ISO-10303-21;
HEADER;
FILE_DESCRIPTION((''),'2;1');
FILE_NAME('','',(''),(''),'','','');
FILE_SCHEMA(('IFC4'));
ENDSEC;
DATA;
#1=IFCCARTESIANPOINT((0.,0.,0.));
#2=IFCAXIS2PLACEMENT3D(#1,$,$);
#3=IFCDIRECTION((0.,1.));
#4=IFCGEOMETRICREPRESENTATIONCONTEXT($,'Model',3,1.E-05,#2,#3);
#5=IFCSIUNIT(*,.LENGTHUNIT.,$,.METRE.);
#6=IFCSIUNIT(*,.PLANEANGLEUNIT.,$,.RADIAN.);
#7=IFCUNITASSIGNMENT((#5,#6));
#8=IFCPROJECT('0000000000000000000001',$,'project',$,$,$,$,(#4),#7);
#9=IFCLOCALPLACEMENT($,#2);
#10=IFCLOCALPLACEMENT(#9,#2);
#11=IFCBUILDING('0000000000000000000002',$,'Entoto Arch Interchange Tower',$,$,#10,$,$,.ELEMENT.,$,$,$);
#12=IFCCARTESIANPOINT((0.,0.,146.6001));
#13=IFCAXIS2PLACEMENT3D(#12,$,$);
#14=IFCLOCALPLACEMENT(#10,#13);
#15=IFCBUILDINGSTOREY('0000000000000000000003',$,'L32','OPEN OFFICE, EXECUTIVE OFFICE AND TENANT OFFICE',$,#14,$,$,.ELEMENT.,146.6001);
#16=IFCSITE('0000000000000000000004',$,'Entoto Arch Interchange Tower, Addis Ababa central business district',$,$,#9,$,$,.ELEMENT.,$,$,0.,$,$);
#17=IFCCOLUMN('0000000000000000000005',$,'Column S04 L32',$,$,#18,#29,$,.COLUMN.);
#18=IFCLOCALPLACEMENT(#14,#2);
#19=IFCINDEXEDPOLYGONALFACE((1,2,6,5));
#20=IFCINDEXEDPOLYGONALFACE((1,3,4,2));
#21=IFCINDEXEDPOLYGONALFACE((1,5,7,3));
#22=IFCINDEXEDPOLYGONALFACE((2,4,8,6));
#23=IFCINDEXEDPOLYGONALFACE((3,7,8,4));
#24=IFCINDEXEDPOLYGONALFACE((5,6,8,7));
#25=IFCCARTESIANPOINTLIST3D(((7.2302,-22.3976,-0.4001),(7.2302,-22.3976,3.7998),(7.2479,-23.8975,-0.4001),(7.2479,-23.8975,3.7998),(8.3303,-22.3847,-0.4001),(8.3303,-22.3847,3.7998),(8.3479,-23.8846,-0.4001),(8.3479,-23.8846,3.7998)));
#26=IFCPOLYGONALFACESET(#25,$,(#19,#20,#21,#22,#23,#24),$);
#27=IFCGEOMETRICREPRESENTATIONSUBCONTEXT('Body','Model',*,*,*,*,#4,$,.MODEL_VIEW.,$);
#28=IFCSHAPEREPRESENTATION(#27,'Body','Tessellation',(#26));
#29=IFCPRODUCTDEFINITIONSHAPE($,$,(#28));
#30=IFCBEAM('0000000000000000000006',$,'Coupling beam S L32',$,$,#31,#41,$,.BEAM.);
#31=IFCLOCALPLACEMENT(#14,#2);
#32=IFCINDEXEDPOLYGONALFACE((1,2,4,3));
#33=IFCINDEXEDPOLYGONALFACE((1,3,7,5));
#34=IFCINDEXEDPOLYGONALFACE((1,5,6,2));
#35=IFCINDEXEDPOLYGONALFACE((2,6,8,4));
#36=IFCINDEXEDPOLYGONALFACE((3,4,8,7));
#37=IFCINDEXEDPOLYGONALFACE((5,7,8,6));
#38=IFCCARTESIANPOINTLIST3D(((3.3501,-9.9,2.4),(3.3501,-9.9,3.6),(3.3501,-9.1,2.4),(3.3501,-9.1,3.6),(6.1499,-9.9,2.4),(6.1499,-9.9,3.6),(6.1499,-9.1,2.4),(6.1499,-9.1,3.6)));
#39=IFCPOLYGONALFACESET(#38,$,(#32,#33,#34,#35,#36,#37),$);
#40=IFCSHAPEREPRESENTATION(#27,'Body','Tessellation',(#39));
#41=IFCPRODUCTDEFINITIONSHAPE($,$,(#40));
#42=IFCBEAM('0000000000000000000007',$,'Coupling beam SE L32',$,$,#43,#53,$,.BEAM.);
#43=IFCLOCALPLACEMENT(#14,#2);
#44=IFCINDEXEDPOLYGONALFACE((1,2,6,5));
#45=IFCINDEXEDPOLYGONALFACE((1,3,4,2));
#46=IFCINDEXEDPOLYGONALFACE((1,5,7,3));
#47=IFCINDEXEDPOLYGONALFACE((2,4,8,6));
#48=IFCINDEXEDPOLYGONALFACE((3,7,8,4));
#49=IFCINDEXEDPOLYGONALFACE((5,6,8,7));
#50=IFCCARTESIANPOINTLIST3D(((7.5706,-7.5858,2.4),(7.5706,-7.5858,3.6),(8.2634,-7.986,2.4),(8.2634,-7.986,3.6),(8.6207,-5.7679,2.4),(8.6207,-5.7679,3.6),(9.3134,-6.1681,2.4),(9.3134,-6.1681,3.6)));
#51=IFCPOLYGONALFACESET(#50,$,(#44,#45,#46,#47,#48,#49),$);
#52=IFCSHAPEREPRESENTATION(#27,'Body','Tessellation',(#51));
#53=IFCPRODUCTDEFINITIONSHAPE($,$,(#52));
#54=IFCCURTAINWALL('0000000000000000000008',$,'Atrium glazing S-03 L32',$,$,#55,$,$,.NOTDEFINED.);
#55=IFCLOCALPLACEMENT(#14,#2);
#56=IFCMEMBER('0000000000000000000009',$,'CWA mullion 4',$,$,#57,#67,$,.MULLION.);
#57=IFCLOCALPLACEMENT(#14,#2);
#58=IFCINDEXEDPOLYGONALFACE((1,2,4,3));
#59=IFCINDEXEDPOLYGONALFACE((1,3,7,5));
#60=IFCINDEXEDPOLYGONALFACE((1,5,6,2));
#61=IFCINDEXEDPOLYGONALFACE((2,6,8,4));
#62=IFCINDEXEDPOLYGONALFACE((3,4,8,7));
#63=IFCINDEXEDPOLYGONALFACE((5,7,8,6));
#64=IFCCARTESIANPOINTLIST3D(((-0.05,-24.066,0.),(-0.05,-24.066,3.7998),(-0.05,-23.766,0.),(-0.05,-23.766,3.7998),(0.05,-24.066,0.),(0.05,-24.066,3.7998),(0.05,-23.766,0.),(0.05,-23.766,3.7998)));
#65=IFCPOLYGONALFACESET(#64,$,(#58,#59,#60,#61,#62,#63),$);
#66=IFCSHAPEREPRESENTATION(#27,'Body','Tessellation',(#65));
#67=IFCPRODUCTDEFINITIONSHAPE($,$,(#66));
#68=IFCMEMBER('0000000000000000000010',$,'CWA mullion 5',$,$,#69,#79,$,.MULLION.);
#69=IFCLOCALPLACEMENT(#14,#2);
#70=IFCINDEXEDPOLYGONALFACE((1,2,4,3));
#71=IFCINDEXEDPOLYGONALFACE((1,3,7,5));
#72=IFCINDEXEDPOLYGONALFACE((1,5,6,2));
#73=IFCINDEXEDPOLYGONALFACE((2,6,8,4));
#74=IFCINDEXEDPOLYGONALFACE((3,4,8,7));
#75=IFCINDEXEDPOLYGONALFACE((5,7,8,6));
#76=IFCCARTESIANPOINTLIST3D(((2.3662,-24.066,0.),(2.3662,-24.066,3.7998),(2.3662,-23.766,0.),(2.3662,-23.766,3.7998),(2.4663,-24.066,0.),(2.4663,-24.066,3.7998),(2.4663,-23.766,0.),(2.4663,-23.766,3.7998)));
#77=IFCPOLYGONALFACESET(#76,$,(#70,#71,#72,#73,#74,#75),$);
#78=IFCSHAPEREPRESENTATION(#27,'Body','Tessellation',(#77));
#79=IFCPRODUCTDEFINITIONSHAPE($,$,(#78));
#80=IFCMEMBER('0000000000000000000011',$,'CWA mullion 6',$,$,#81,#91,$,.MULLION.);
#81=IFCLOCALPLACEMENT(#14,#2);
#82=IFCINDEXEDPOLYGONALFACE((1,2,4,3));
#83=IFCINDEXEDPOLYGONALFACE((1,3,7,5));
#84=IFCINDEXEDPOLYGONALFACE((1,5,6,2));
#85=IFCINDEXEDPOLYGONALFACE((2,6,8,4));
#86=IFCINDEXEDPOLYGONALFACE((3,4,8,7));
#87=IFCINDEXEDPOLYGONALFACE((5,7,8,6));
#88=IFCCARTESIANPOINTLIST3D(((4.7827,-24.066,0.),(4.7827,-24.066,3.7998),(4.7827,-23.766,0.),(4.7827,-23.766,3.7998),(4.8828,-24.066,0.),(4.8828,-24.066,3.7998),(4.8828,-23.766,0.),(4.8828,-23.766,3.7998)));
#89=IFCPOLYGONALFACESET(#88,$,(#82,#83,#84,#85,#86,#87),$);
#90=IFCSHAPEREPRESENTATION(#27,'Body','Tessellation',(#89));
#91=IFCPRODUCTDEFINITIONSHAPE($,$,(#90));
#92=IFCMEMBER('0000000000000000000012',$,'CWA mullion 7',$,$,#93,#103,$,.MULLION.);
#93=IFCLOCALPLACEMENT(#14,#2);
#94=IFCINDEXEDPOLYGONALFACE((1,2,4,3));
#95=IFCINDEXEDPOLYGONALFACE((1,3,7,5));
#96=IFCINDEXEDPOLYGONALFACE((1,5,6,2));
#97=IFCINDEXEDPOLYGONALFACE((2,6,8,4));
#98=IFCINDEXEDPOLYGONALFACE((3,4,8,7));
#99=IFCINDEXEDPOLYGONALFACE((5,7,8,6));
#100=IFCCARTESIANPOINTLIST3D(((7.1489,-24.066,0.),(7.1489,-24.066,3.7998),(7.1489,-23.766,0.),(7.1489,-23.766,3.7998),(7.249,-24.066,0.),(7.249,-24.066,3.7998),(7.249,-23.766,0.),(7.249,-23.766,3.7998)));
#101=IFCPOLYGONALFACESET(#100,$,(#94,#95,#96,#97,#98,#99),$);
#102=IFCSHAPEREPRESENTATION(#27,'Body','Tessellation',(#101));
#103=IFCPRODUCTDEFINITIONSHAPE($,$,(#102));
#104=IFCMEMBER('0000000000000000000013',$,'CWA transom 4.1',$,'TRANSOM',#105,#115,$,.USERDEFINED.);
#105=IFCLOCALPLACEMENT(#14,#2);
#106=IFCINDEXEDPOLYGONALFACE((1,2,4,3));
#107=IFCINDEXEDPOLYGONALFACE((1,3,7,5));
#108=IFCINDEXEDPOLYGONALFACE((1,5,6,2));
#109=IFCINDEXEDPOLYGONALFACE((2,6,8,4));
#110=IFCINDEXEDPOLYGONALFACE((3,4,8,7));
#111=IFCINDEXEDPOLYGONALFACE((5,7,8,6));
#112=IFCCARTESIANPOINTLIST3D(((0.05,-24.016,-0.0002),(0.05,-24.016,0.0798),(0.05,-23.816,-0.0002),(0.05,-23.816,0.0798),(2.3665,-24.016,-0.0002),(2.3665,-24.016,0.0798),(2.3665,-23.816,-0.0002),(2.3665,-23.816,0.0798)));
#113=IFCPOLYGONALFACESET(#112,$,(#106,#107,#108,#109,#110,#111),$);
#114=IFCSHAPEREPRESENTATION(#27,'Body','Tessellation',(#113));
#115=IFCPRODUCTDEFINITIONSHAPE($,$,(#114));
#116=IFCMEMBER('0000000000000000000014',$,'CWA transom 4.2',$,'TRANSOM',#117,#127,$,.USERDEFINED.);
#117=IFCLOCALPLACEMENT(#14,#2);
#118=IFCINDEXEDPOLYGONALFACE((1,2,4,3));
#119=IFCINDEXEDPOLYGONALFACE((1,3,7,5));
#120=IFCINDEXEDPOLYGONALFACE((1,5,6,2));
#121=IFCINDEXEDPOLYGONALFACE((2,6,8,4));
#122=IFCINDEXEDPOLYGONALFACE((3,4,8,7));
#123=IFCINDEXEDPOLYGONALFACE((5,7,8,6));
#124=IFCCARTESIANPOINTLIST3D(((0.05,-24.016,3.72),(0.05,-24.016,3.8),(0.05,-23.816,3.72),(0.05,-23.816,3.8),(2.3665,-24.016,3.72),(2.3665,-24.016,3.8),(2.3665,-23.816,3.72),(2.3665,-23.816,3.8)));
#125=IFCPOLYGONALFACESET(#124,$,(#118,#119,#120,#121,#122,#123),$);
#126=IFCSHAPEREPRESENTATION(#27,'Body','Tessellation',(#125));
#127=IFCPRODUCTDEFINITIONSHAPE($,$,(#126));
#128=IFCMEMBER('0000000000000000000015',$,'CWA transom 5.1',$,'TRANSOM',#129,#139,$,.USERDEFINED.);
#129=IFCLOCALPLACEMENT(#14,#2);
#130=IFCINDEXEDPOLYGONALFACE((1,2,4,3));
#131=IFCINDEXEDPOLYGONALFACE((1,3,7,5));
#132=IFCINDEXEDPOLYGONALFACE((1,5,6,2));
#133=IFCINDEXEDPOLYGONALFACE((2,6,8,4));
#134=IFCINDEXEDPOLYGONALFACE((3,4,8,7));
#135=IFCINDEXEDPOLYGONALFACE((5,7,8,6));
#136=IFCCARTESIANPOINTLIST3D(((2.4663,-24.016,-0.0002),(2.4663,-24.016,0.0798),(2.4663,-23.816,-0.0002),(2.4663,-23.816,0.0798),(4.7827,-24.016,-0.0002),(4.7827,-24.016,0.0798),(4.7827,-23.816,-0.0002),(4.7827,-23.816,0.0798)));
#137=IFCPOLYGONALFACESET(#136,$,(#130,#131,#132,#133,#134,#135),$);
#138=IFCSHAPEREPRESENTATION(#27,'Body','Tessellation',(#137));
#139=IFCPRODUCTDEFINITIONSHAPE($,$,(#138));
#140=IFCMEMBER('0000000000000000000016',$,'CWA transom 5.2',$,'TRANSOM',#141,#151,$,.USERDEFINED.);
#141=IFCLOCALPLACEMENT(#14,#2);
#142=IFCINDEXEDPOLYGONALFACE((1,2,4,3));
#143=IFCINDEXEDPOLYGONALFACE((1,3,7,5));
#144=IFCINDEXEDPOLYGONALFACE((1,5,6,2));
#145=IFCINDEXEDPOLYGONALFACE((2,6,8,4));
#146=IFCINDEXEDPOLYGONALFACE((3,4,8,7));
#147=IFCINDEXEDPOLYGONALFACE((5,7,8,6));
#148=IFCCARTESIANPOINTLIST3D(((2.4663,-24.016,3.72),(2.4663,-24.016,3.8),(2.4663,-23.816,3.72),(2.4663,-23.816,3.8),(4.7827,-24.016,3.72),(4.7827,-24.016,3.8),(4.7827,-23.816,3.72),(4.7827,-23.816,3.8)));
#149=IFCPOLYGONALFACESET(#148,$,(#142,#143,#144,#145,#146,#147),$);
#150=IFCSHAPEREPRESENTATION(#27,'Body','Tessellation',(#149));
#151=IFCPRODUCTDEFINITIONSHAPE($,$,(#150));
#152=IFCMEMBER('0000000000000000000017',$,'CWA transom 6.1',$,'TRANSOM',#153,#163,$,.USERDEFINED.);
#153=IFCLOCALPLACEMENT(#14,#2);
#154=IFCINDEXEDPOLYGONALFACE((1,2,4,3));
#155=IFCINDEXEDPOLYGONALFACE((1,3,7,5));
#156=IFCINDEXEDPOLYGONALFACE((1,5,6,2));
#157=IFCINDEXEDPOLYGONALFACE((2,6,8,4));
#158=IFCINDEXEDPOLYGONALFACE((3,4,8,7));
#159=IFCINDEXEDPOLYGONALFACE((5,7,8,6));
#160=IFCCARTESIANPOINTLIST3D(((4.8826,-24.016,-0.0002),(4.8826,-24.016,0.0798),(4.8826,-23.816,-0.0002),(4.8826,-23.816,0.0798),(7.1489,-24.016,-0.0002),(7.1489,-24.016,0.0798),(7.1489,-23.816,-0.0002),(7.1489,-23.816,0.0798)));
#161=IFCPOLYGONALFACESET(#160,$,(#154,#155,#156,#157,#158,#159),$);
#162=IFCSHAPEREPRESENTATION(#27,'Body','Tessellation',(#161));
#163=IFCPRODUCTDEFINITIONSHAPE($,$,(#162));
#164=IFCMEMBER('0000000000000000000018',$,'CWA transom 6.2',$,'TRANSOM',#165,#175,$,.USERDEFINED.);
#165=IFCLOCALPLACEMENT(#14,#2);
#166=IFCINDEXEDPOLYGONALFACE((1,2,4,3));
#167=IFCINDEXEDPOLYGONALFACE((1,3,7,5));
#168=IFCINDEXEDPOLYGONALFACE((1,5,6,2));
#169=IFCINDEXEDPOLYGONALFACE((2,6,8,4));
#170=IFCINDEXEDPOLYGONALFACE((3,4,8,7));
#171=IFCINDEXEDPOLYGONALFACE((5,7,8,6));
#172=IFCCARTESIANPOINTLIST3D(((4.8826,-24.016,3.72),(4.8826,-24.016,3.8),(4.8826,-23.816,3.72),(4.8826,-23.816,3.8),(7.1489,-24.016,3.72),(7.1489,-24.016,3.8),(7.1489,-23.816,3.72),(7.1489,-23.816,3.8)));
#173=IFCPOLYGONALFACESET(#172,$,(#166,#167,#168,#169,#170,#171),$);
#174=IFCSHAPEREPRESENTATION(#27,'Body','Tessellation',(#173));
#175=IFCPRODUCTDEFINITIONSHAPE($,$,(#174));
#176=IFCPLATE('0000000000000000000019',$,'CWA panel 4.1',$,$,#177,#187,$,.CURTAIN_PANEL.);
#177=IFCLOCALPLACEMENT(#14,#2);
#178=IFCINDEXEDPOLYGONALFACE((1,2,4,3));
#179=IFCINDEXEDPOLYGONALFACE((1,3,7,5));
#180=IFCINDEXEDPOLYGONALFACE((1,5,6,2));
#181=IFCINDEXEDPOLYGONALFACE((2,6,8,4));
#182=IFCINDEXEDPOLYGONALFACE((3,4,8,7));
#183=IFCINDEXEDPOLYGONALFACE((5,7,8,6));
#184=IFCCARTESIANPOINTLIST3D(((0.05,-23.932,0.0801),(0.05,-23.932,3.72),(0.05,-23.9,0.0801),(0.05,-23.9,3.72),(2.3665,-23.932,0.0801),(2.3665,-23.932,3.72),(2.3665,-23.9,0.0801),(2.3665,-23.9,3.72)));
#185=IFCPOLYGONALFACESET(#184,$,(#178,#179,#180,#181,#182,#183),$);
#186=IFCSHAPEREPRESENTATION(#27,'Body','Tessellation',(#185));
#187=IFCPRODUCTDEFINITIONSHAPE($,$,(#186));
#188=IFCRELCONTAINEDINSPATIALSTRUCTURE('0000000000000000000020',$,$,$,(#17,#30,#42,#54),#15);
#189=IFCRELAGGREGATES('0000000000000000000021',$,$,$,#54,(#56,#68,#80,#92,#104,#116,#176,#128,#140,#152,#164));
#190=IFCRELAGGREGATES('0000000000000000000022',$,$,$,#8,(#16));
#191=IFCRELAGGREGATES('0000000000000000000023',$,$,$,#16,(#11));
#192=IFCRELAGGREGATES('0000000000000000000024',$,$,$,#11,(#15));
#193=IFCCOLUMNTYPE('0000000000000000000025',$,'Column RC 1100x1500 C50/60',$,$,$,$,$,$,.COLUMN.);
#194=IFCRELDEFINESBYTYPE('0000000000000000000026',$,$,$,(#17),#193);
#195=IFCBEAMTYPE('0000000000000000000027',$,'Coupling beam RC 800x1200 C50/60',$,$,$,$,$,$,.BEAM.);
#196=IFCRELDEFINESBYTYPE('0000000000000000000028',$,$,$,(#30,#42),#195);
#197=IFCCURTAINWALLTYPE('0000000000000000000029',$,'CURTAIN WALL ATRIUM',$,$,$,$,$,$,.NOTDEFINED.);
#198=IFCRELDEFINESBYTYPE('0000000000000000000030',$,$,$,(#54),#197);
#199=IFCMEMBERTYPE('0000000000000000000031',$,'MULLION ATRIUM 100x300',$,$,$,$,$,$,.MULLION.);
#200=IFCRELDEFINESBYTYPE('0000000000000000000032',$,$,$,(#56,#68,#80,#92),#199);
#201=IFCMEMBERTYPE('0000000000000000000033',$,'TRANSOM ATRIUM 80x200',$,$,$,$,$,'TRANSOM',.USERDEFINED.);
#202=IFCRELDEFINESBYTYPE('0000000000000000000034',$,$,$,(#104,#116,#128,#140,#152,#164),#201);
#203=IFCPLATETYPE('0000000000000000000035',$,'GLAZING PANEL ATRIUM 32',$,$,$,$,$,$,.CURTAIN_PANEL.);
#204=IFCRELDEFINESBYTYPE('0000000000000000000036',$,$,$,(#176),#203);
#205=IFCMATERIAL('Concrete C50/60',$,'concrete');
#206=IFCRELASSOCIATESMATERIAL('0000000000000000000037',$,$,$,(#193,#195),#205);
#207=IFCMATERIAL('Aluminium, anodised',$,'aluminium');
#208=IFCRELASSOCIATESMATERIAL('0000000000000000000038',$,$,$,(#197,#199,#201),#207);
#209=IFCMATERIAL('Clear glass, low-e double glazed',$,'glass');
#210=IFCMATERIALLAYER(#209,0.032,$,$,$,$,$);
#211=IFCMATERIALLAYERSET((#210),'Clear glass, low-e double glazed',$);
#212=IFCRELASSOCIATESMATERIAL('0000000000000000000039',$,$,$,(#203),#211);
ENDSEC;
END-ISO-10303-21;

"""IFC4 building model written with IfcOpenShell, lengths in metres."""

from ifc_helpers import new_model, si_unit, direction, frame, origin, origin_2d, place, context, subcontext, project, spatial, rectangle, extrude, material, layer, layer_set, material_profile, profile_set, type_object, element, aggregate, save


model = new_model("IFC4")

# Units and contexts
model_context = context("Model", 3, precision=1e-05, world=origin(), true_north=direction((0.0, 1.0)))
body_context = subcontext(model_context, "Body", "Model", "MODEL_VIEW")
ifc_project = project(units=[si_unit("LENGTHUNIT", "METRE"), si_unit("PLANEANGLEUNIT", "RADIAN")], contexts=[model_context])

# Site, building, storey
site_placement = place(None, origin())
site = spatial("IfcSite", under=ifc_project, at=site_placement, Name="Entoto Arch Interchange Tower, Addis Ababa central business district", CompositionType="ELEMENT", RefElevation=0.0)
building_placement = place(site_placement, origin())
building = spatial("IfcBuilding", under=site, at=building_placement, Name="Entoto Arch Interchange Tower", CompositionType="ELEMENT")
storey_placement = place(building_placement, frame((0.0, 0.0, 146.6001)))
storey = spatial("IfcBuildingStorey", under=building, at=storey_placement, Name="L32", Description="OPEN OFFICE, EXECUTIVE OFFICE AND TENANT OFFICE", CompositionType="ELEMENT", Elevation=146.6001)

# Column
ifc_material_1 = material(Name="Concrete C50/60", Category="concrete")
ifc_material_profile_1 = material_profile(ifc_material_1, rectangle(XDim=1.1001, YDim=1.5, at=origin_2d()))
ifc_profile_set_1 = profile_set([ifc_material_profile_1], Name="Concrete C50/60")
column_type = type_object("IfcColumnType", Name="Column RC 1100x1500 C50/60", PredefinedType="COLUMN", material=ifc_profile_set_1)
column_placement = place(storey_placement, frame((7.7891, -23.1411, -0.4001), z_axis=(0.0, 0.0, 1.0), x_axis=(0.999931, 0.011746, 0.0)))
element("IfcColumn", 1, at=column_placement, inside=storey, type_object=column_type, Name="Column S04 L32", PredefinedType="COLUMN", context=body_context, shape_type="SweptSolid", body=[
    extrude(rectangle(XDim=1.1001, YDim=1.5, at=origin_2d()), origin(), (0.0, 0.0, 1.0), 4.2),
])

# Beams
ifc_material_profile_2 = material_profile(ifc_material_1, rectangle(XDim=0.8, YDim=1.2, at=origin_2d()))
ifc_profile_set_2 = profile_set([ifc_material_profile_2], Name="Concrete C50/60")
beam_type = type_object("IfcBeamType", Name="Coupling beam RC 800x1200 C50/60", PredefinedType="BEAM", material=ifc_profile_set_2)
beam_1_placement = place(storey_placement, frame((3.3501, -9.5, 3.0), z_axis=(1.0, 0.0, 0.0), x_axis=(0.0, 1.0, 0.0)))
element("IfcBeam", 2, at=beam_1_placement, inside=storey, type_object=beam_type, Name="Coupling beam S L32", PredefinedType="BEAM", context=body_context, shape_type="SweptSolid", body=[
    extrude(rectangle(XDim=0.8, YDim=1.2, at=origin_2d()), origin(), (0.0, 0.0, 1.0), 2.7998),
])
beam_2_placement = place(storey_placement, frame((7.917, -7.7859, 3.0), z_axis=(0.500179, 0.865922, 0.0), x_axis=(-0.865922, 0.500179, 0.0)))
element("IfcBeam", 3, at=beam_2_placement, inside=storey, type_object=beam_type, Name="Coupling beam SE L32", PredefinedType="BEAM", context=body_context, shape_type="SweptSolid", body=[
    extrude(rectangle(XDim=0.8, YDim=1.2, at=origin_2d()), origin(), (0.0, 0.0, 1.0), 2.0994),
])

# Curtain wall, members, plate
ifc_material_2 = material(Name="Aluminium, anodised", Category="aluminium")
curtain_wall_type = type_object("IfcCurtainWallType", Name="CURTAIN WALL ATRIUM", PredefinedType="NOTDEFINED", material=ifc_material_2)
curtain_wall_placement = place(storey_placement, origin())
curtain_wall = element("IfcCurtainWall", 4, at=curtain_wall_placement, inside=storey, type_object=curtain_wall_type, Name="Atrium glazing S-03 L32", PredefinedType="NOTDEFINED")
ifc_material_profile_3 = material_profile(ifc_material_2, rectangle(XDim=0.3, YDim=0.1001, at=origin_2d()))
ifc_profile_set_3 = profile_set([ifc_material_profile_3], Name="Aluminium, anodised")
member_type_1 = type_object("IfcMemberType", Name="MULLION ATRIUM 100x300", PredefinedType="MULLION", material=ifc_profile_set_3)
member_1_placement = place(storey_placement, frame((0.0, -23.916, 0.0), z_axis=(0.0, 0.0, 1.0), x_axis=(0.0, 1.0, 0.0)))
member_1 = element("IfcMember", 5, at=member_1_placement, type_object=member_type_1, Name="CWA mullion 4", PredefinedType="MULLION", context=body_context, shape_type="SweptSolid", body=[
    extrude(rectangle(XDim=0.3, YDim=0.1001, at=origin_2d()), origin(), (0.0, 0.0, 1.0), 3.7998),
])
member_2_placement = place(storey_placement, frame((2.4163, -23.916, 0.0), z_axis=(0.0, 0.0, 1.0), x_axis=(0.0, 1.0, 0.0)))
member_2 = element("IfcMember", 6, at=member_2_placement, type_object=member_type_1, Name="CWA mullion 5", PredefinedType="MULLION", context=body_context, shape_type="SweptSolid", body=[
    extrude(rectangle(XDim=0.3, YDim=0.1001, at=origin_2d()), origin(), (0.0, 0.0, 1.0), 3.7998),
])
member_3_placement = place(storey_placement, frame((4.8328, -23.916, 0.0), z_axis=(0.0, 0.0, 1.0), x_axis=(0.0, 1.0, 0.0)))
member_3 = element("IfcMember", 7, at=member_3_placement, type_object=member_type_1, Name="CWA mullion 6", PredefinedType="MULLION", context=body_context, shape_type="SweptSolid", body=[
    extrude(rectangle(XDim=0.3, YDim=0.1001, at=origin_2d()), origin(), (0.0, 0.0, 1.0), 3.7998),
])
member_4_placement = place(storey_placement, frame((7.199, -23.916, 0.0), z_axis=(0.0, 0.0, 1.0), x_axis=(0.0, 1.0, 0.0)))
member_4 = element("IfcMember", 8, at=member_4_placement, type_object=member_type_1, Name="CWA mullion 7", PredefinedType="MULLION", context=body_context, shape_type="SweptSolid", body=[
    extrude(rectangle(XDim=0.3, YDim=0.1001, at=origin_2d()), origin(), (0.0, 0.0, 1.0), 3.7998),
])
ifc_material_profile_4 = material_profile(ifc_material_2, rectangle(XDim=0.2, YDim=0.0801, at=origin_2d()))
ifc_profile_set_4 = profile_set([ifc_material_profile_4], Name="Aluminium, anodised")
member_type_2 = type_object("IfcMemberType", Name="TRANSOM ATRIUM 80x200", ElementType="TRANSOM", PredefinedType="USERDEFINED", material=ifc_profile_set_4)
member_5_placement = place(storey_placement, frame((0.05, -23.916, 0.0398), z_axis=(1.0, 0.0, 0.0), x_axis=(0.0, 1.0, 0.0)))
member_5 = element("IfcMember", 9, at=member_5_placement, type_object=member_type_2, Name="CWA transom 4.1", ObjectType="TRANSOM", PredefinedType="USERDEFINED", context=body_context, shape_type="SweptSolid", body=[
    extrude(rectangle(XDim=0.2, YDim=0.0801, at=origin_2d()), origin(), (0.0, 0.0, 1.0), 2.3164),
])
member_6_placement = place(storey_placement, frame((0.05, -23.916, 3.76), z_axis=(1.0, 0.0, 0.0), x_axis=(0.0, 1.0, 0.0)))
member_6 = element("IfcMember", 10, at=member_6_placement, type_object=member_type_2, Name="CWA transom 4.2", ObjectType="TRANSOM", PredefinedType="USERDEFINED", context=body_context, shape_type="SweptSolid", body=[
    extrude(rectangle(XDim=0.2, YDim=0.0801, at=origin_2d()), origin(), (0.0, 0.0, 1.0), 2.3164),
])
member_7_placement = place(storey_placement, frame((2.4663, -23.916, 0.0398), z_axis=(1.0, 0.0, 0.0), x_axis=(0.0, 1.0, 0.0)))
member_7 = element("IfcMember", 11, at=member_7_placement, type_object=member_type_2, Name="CWA transom 5.1", ObjectType="TRANSOM", PredefinedType="USERDEFINED", context=body_context, shape_type="SweptSolid", body=[
    extrude(rectangle(XDim=0.2, YDim=0.0801, at=origin_2d()), origin(), (0.0, 0.0, 1.0), 2.3164),
])
member_8_placement = place(storey_placement, frame((2.4663, -23.916, 3.76), z_axis=(1.0, 0.0, 0.0), x_axis=(0.0, 1.0, 0.0)))
member_8 = element("IfcMember", 12, at=member_8_placement, type_object=member_type_2, Name="CWA transom 5.2", ObjectType="TRANSOM", PredefinedType="USERDEFINED", context=body_context, shape_type="SweptSolid", body=[
    extrude(rectangle(XDim=0.2, YDim=0.0801, at=origin_2d()), origin(), (0.0, 0.0, 1.0), 2.3164),
])
member_9_placement = place(storey_placement, frame((4.8826, -23.916, 0.0398), z_axis=(1.0, 0.0, 0.0), x_axis=(0.0, 1.0, 0.0)))
member_9 = element("IfcMember", 13, at=member_9_placement, type_object=member_type_2, Name="CWA transom 6.1", ObjectType="TRANSOM", PredefinedType="USERDEFINED", context=body_context, shape_type="SweptSolid", body=[
    extrude(rectangle(XDim=0.2, YDim=0.0801, at=origin_2d()), origin(), (0.0, 0.0, 1.0), 2.2664),
])
member_10_placement = place(storey_placement, frame((4.8826, -23.916, 3.76), z_axis=(1.0, 0.0, 0.0), x_axis=(0.0, 1.0, 0.0)))
member_10 = element("IfcMember", 14, at=member_10_placement, type_object=member_type_2, Name="CWA transom 6.2", ObjectType="TRANSOM", PredefinedType="USERDEFINED", context=body_context, shape_type="SweptSolid", body=[
    extrude(rectangle(XDim=0.2, YDim=0.0801, at=origin_2d()), origin(), (0.0, 0.0, 1.0), 2.2664),
])
ifc_material_3 = material(Name="Clear glass, low-e double glazed", Category="glass")
ifc_layer_1 = layer(ifc_material_3, 0.032)
ifc_layer_set_1 = layer_set([ifc_layer_1], Name="Clear glass, low-e double glazed")
plate_type = type_object("IfcPlateType", Name="GLAZING PANEL ATRIUM 32", PredefinedType="CURTAIN_PANEL", material=ifc_layer_set_1)
plate_1_placement = place(storey_placement, frame((1.2083, -23.916, 0.0801), z_axis=(0.0, 0.0, 1.0), x_axis=(1.0, 0.0, 0.0)))
plate_1 = element("IfcPlate", 15, at=plate_1_placement, type_object=plate_type, Name="CWA panel 4.1", PredefinedType="CURTAIN_PANEL", context=body_context, shape_type="SweptSolid", body=[
    extrude(rectangle(XDim=2.3164, YDim=0.032, at=origin_2d()), origin(), (0.0, 0.0, 1.0), 3.6399),
])
aggregate(curtain_wall, [member_1, member_2, member_3, member_4, member_5, member_6, plate_1, member_7, member_8, member_9, member_10])

save(model, "model.ifc")
